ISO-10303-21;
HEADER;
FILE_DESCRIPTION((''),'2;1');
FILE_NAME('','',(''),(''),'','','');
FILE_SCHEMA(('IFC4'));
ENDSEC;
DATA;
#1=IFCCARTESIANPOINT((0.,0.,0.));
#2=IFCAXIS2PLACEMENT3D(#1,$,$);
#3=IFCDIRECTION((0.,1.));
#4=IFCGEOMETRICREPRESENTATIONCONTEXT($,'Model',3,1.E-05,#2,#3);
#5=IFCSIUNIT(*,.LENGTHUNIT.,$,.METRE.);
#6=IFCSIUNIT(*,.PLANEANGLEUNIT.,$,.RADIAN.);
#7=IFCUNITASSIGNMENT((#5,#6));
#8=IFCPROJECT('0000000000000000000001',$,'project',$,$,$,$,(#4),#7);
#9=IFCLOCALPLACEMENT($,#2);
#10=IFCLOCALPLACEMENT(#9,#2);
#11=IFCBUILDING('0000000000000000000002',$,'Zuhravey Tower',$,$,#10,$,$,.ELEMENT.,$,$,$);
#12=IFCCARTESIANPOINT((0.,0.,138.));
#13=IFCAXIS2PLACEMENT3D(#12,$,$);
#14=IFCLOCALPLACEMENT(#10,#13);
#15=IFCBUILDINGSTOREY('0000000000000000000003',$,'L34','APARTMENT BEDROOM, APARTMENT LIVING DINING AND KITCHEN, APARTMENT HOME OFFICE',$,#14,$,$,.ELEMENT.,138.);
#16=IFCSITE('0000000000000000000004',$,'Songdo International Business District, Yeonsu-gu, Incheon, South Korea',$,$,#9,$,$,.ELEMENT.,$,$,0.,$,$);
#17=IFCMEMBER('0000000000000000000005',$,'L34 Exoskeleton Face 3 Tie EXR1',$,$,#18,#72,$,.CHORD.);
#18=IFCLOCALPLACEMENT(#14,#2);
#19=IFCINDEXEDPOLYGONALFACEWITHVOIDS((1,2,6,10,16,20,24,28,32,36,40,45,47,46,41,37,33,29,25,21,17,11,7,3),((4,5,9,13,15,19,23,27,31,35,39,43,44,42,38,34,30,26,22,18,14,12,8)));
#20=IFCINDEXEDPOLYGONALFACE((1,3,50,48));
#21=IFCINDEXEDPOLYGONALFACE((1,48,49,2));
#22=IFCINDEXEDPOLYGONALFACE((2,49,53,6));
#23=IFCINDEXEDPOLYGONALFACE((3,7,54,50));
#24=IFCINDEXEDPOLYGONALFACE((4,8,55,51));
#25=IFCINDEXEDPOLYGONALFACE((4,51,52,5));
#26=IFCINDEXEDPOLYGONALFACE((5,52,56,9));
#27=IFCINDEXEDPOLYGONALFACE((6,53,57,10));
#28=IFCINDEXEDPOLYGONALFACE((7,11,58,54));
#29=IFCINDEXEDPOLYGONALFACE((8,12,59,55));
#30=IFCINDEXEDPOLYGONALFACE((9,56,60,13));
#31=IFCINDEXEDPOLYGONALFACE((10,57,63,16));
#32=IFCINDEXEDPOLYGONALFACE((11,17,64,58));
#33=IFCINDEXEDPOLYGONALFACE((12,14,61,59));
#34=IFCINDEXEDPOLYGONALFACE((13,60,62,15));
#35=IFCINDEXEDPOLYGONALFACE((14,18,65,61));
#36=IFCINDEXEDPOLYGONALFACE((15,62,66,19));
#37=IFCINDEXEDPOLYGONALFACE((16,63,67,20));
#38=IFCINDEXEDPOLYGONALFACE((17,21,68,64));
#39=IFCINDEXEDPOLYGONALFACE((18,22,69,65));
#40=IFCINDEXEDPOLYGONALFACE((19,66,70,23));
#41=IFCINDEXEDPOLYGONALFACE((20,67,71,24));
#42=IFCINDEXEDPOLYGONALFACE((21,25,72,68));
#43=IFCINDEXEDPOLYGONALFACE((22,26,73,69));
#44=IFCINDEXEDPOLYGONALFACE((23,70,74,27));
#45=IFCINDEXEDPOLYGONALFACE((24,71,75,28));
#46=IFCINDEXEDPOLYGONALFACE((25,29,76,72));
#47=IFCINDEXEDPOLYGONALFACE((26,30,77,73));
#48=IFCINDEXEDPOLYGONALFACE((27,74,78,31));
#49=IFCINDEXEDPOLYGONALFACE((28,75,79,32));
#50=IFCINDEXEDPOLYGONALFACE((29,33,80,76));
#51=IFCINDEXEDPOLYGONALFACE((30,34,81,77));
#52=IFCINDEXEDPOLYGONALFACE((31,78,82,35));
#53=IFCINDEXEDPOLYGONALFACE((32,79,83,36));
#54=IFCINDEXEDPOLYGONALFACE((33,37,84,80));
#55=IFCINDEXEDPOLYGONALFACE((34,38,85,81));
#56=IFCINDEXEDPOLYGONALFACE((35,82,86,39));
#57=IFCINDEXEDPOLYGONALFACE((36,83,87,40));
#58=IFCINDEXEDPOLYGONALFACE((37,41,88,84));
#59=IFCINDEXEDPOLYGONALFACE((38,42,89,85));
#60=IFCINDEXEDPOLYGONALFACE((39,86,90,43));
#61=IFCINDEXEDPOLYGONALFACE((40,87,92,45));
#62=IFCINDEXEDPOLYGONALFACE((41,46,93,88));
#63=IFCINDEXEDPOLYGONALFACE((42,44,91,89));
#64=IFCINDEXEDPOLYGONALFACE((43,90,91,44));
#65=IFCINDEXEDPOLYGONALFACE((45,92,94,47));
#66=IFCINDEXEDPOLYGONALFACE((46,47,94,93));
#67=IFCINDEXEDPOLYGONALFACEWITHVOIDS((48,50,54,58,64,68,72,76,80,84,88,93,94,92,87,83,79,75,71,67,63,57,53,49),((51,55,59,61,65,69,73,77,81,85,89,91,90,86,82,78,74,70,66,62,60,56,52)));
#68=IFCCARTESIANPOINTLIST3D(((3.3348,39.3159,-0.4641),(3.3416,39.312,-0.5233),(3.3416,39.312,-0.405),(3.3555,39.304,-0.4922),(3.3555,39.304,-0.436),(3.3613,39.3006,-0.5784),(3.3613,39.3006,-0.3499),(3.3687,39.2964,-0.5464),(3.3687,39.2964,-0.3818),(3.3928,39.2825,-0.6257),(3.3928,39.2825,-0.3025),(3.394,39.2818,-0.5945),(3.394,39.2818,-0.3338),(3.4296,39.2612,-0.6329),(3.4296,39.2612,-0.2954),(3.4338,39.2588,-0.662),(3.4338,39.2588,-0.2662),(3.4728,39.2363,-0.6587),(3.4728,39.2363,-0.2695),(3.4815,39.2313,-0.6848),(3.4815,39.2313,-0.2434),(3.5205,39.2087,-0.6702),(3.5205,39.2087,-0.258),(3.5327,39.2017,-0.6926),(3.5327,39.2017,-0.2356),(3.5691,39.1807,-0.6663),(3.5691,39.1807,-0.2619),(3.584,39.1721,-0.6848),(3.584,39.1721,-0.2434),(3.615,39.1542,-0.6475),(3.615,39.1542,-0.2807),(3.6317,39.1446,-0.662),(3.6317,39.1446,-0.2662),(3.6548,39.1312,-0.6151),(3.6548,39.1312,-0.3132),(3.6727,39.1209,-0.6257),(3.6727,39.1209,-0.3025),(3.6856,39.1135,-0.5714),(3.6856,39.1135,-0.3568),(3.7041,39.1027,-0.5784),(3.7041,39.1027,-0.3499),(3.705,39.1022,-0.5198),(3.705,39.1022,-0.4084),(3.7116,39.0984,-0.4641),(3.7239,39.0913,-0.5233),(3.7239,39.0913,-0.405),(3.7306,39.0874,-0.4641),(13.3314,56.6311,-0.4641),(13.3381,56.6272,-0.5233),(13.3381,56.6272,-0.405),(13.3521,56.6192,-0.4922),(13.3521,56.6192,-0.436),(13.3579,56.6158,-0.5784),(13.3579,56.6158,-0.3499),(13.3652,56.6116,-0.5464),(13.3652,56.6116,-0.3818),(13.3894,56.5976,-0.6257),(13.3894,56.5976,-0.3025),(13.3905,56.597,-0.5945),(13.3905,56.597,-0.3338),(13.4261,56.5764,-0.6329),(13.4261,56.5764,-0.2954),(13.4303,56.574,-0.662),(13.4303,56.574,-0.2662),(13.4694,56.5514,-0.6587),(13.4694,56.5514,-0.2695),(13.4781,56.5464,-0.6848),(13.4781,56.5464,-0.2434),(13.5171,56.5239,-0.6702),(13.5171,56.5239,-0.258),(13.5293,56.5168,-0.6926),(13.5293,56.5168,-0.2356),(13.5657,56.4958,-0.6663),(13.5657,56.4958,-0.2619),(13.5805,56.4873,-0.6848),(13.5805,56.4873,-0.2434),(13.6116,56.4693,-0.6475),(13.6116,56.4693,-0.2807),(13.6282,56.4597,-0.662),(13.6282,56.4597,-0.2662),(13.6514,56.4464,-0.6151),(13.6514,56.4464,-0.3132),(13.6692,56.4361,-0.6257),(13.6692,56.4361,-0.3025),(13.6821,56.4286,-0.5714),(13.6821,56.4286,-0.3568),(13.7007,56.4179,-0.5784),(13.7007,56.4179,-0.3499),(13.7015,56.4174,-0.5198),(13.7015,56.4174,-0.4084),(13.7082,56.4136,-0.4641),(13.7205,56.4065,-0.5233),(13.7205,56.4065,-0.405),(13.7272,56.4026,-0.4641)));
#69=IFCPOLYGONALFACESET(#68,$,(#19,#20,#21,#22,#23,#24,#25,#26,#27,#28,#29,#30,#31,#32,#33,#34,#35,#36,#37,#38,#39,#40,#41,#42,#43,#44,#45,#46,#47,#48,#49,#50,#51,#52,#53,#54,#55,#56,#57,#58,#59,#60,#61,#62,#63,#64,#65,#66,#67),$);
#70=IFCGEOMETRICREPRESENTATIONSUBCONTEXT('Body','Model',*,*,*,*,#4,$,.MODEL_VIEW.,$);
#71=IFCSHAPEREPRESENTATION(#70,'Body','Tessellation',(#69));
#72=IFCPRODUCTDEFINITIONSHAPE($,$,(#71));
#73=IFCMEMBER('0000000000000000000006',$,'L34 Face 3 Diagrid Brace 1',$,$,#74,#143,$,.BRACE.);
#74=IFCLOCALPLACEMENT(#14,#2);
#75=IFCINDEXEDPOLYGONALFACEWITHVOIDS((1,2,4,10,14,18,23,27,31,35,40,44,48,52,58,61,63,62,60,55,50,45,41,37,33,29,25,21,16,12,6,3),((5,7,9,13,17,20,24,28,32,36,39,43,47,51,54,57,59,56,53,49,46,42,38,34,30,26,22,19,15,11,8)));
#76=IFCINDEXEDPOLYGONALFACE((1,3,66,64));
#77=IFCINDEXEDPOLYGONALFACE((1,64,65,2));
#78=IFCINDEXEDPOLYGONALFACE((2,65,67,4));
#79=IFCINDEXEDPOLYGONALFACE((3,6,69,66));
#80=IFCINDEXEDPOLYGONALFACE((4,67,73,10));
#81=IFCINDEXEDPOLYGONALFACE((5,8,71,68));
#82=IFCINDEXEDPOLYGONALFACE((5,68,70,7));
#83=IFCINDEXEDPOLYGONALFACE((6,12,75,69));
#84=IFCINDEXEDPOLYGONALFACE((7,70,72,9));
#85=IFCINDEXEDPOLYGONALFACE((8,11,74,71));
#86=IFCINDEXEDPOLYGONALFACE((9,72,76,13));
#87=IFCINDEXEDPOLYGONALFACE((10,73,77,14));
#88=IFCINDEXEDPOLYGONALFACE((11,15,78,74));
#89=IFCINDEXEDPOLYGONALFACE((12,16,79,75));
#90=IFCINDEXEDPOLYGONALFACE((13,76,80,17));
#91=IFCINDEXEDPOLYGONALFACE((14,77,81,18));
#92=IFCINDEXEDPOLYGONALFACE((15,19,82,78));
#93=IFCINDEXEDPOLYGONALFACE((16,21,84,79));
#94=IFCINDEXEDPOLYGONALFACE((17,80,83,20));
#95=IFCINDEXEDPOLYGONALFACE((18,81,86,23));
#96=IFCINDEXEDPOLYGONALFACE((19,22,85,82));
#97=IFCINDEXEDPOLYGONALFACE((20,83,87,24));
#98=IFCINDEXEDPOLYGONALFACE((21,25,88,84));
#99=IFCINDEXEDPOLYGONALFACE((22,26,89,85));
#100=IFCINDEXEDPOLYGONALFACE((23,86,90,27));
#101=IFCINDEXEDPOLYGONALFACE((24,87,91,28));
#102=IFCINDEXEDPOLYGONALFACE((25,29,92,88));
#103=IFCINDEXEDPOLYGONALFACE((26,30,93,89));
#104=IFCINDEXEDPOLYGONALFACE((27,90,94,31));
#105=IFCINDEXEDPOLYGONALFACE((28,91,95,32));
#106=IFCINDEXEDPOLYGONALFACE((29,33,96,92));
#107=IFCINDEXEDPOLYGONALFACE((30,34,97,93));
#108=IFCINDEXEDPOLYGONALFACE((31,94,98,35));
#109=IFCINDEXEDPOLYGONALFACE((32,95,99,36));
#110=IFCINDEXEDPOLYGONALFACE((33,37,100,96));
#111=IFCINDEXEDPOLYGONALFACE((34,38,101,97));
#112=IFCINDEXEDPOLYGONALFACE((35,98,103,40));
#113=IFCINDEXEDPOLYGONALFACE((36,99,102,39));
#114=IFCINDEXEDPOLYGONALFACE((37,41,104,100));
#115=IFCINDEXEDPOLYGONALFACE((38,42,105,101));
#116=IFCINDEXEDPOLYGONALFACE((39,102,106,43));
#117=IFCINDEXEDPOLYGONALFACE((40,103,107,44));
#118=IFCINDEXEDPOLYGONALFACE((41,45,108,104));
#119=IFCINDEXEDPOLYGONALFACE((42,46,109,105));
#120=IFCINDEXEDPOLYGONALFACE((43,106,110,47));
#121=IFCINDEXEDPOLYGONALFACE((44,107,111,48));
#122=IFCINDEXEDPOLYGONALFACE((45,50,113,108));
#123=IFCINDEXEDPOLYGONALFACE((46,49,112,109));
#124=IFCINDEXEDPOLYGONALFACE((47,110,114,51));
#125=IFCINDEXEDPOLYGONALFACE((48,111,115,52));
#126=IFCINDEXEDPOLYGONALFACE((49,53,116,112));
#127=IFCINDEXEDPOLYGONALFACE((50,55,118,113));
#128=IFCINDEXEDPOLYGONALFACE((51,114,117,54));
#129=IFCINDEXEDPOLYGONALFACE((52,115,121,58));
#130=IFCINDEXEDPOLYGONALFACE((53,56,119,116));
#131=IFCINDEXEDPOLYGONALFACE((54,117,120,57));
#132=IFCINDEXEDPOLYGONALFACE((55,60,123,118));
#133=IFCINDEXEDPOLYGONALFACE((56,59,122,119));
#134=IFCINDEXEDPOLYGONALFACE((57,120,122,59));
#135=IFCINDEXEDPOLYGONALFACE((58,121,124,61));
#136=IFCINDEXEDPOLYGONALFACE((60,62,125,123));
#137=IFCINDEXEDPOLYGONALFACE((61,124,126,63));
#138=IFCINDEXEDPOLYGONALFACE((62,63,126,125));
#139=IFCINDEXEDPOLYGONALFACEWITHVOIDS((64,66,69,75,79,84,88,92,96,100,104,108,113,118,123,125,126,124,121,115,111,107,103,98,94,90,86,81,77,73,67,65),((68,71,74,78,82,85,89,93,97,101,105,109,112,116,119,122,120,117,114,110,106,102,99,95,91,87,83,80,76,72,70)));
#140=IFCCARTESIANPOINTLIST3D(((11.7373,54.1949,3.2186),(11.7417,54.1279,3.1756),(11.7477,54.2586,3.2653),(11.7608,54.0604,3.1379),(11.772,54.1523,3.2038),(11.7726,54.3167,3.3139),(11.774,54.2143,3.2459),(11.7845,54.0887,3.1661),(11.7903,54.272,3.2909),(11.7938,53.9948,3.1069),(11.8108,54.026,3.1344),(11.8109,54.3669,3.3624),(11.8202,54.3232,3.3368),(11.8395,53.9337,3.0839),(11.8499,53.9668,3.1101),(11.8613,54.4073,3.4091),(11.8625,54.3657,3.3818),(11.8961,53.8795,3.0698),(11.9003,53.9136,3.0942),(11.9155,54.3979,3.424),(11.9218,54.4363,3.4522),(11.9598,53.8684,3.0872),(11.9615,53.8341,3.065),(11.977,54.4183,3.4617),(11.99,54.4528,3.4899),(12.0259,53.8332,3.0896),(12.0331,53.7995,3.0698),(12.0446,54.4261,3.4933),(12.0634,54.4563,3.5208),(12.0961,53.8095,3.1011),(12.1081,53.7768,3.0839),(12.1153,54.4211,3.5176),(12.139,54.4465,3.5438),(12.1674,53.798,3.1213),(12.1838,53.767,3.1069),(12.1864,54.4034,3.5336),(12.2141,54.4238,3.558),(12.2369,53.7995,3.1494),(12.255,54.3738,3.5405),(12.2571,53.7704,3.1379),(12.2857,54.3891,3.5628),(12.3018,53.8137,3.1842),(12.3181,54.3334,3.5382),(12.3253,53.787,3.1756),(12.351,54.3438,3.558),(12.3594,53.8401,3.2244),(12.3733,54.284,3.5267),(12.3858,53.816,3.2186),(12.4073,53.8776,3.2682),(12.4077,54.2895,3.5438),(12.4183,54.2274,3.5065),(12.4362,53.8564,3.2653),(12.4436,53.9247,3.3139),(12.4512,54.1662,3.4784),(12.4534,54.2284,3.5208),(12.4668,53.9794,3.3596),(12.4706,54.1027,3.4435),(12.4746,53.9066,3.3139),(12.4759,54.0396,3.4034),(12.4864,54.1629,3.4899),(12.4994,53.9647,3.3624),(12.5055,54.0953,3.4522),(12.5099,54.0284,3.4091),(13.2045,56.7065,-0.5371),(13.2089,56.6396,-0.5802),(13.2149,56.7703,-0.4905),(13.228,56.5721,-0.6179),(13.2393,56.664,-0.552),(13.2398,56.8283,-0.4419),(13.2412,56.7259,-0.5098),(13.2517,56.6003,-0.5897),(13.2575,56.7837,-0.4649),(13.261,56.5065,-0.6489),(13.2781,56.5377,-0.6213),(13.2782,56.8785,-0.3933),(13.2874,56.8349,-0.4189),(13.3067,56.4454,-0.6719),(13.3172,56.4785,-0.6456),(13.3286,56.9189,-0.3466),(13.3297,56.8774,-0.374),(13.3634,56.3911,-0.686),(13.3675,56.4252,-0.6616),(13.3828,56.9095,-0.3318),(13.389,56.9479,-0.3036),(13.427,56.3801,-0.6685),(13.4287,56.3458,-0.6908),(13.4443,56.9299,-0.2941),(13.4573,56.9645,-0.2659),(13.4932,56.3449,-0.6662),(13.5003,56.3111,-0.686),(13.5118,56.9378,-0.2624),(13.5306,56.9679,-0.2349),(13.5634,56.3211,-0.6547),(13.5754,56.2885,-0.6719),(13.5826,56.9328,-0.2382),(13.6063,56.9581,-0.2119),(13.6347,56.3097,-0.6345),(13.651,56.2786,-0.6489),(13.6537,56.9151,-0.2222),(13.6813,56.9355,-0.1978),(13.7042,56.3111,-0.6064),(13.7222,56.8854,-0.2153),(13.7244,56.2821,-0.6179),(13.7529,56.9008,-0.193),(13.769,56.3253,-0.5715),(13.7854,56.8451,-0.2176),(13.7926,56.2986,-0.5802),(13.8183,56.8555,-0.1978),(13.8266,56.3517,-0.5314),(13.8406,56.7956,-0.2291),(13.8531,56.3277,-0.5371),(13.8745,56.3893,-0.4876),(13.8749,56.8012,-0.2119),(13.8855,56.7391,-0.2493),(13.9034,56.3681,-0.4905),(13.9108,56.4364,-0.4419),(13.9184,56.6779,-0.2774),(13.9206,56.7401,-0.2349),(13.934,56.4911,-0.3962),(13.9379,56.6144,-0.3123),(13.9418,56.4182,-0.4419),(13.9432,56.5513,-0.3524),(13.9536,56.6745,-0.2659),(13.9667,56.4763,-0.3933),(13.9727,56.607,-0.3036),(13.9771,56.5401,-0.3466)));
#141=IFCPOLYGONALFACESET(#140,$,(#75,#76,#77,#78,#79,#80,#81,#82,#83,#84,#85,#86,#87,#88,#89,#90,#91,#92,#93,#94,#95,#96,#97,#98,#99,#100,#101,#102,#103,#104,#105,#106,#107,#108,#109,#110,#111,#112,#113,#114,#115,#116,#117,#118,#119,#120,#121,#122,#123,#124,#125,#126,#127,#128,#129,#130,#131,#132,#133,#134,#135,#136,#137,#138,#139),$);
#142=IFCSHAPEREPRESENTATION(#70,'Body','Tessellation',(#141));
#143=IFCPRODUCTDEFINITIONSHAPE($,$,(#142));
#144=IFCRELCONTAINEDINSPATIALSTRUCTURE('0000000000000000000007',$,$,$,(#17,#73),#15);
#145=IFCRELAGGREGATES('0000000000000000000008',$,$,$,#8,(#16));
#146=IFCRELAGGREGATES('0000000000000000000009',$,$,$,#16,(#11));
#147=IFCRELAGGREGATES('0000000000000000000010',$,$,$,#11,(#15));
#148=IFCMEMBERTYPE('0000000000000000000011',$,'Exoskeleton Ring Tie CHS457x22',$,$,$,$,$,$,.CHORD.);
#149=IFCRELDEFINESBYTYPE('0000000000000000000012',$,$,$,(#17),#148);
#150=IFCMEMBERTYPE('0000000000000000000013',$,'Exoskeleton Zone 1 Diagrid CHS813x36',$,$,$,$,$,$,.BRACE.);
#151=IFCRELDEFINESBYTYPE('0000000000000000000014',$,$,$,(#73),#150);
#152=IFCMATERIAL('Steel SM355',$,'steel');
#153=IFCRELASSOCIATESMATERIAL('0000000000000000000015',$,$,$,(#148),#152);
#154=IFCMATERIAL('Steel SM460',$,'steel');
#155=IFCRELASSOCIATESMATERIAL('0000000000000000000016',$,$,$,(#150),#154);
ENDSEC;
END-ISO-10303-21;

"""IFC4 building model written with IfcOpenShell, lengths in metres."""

from ifc_helpers import new_model, si_unit, direction, frame, origin, origin_2d, place, context, subcontext, project, spatial, hollow_circle, extrude, material, material_profile, profile_set, type_object, element, save


model = new_model("IFC4")

# Units and contexts
model_context = context("Model", 3, precision=1e-05, world=origin(), true_north=direction((0.0, 1.0)))
body_context = subcontext(model_context, "Body", "Model", "MODEL_VIEW")
ifc_project = project(units=[si_unit("LENGTHUNIT", "METRE"), si_unit("PLANEANGLEUNIT", "RADIAN")], contexts=[model_context])

# Site, building, storey
site_placement = place(None, origin())
site = spatial("IfcSite", under=ifc_project, at=site_placement, Name="Songdo International Business District, Yeonsu-gu, Incheon, South Korea", CompositionType="ELEMENT", RefElevation=0.0)
building_placement = place(site_placement, origin())
building = spatial("IfcBuilding", under=site, at=building_placement, Name="Zuhravey Tower", CompositionType="ELEMENT")
storey_placement = place(building_placement, frame((0.0, 0.0, 138.0)))
storey = spatial("IfcBuildingStorey", under=building, at=storey_placement, Name="L34", Description="APARTMENT BEDROOM, APARTMENT LIVING DINING AND KITCHEN, APARTMENT HOME OFFICE", CompositionType="ELEMENT", Elevation=138.0)

# Shared definitions
ifc_material_1 = material(Name="Steel SM460", Category="steel")

# Members
ifc_material_2 = material(Name="Steel SM355", Category="steel")
ifc_material_profile_1 = material_profile(ifc_material_2, hollow_circle(Radius=0.2285, WallThickness=0.022, at=origin_2d()), Name="CHS-457.2x22")
ifc_profile_set_1 = profile_set([ifc_material_profile_1], Name="Steel SM355")
member_type_1 = type_object("IfcMemberType", Name="Exoskeleton Ring Tie CHS457x22", PredefinedType="CHORD", material=ifc_profile_set_1)
member_1_placement = place(storey_placement, frame((13.5293, 56.5168, -0.4641), z_axis=(-0.499987, -0.866033, 0.0), x_axis=(0.866033, -0.499987, 0.0)))
element("IfcMember", 1, at=member_1_placement, inside=storey, type_object=member_type_1, Name="L34 Exoskeleton Face 3 Tie EXR1", PredefinedType="CHORD", context=body_context, shape_type="SweptSolid", body=[
    extrude(hollow_circle(Radius=0.2285, WallThickness=0.022, at=origin_2d()), origin(), (0.0, 0.0, 1.0), 19.9937),
])
ifc_material_profile_2 = material_profile(ifc_material_1, hollow_circle(Radius=0.4065, WallThickness=0.0359, at=origin_2d()), Name="CHS-812.8x36")
ifc_profile_set_2 = profile_set([ifc_material_profile_2], Name="Steel SM460")
member_type_2 = type_object("IfcMemberType", Name="Exoskeleton Zone 1 Diagrid CHS813x36", PredefinedType="BRACE", material=ifc_profile_set_2)
member_2_placement = place(storey_placement, frame((13.5908, 56.6233, -0.4419), z_axis=(-0.308864, -0.528717, 0.790608), x_axis=(0.863462, -0.504414, 0.0)))
element("IfcMember", 2, at=member_2_placement, inside=storey, type_object=member_type_2, Name="L34 Face 3 Diagrid Brace 1", PredefinedType="BRACE", context=body_context, shape_type="SweptSolid", body=[
    extrude(hollow_circle(Radius=0.4065, WallThickness=0.0359, at=origin_2d()), origin(), (0.0, 0.0, 1.0), 4.7505),
])

save(model, "model.ifc")
